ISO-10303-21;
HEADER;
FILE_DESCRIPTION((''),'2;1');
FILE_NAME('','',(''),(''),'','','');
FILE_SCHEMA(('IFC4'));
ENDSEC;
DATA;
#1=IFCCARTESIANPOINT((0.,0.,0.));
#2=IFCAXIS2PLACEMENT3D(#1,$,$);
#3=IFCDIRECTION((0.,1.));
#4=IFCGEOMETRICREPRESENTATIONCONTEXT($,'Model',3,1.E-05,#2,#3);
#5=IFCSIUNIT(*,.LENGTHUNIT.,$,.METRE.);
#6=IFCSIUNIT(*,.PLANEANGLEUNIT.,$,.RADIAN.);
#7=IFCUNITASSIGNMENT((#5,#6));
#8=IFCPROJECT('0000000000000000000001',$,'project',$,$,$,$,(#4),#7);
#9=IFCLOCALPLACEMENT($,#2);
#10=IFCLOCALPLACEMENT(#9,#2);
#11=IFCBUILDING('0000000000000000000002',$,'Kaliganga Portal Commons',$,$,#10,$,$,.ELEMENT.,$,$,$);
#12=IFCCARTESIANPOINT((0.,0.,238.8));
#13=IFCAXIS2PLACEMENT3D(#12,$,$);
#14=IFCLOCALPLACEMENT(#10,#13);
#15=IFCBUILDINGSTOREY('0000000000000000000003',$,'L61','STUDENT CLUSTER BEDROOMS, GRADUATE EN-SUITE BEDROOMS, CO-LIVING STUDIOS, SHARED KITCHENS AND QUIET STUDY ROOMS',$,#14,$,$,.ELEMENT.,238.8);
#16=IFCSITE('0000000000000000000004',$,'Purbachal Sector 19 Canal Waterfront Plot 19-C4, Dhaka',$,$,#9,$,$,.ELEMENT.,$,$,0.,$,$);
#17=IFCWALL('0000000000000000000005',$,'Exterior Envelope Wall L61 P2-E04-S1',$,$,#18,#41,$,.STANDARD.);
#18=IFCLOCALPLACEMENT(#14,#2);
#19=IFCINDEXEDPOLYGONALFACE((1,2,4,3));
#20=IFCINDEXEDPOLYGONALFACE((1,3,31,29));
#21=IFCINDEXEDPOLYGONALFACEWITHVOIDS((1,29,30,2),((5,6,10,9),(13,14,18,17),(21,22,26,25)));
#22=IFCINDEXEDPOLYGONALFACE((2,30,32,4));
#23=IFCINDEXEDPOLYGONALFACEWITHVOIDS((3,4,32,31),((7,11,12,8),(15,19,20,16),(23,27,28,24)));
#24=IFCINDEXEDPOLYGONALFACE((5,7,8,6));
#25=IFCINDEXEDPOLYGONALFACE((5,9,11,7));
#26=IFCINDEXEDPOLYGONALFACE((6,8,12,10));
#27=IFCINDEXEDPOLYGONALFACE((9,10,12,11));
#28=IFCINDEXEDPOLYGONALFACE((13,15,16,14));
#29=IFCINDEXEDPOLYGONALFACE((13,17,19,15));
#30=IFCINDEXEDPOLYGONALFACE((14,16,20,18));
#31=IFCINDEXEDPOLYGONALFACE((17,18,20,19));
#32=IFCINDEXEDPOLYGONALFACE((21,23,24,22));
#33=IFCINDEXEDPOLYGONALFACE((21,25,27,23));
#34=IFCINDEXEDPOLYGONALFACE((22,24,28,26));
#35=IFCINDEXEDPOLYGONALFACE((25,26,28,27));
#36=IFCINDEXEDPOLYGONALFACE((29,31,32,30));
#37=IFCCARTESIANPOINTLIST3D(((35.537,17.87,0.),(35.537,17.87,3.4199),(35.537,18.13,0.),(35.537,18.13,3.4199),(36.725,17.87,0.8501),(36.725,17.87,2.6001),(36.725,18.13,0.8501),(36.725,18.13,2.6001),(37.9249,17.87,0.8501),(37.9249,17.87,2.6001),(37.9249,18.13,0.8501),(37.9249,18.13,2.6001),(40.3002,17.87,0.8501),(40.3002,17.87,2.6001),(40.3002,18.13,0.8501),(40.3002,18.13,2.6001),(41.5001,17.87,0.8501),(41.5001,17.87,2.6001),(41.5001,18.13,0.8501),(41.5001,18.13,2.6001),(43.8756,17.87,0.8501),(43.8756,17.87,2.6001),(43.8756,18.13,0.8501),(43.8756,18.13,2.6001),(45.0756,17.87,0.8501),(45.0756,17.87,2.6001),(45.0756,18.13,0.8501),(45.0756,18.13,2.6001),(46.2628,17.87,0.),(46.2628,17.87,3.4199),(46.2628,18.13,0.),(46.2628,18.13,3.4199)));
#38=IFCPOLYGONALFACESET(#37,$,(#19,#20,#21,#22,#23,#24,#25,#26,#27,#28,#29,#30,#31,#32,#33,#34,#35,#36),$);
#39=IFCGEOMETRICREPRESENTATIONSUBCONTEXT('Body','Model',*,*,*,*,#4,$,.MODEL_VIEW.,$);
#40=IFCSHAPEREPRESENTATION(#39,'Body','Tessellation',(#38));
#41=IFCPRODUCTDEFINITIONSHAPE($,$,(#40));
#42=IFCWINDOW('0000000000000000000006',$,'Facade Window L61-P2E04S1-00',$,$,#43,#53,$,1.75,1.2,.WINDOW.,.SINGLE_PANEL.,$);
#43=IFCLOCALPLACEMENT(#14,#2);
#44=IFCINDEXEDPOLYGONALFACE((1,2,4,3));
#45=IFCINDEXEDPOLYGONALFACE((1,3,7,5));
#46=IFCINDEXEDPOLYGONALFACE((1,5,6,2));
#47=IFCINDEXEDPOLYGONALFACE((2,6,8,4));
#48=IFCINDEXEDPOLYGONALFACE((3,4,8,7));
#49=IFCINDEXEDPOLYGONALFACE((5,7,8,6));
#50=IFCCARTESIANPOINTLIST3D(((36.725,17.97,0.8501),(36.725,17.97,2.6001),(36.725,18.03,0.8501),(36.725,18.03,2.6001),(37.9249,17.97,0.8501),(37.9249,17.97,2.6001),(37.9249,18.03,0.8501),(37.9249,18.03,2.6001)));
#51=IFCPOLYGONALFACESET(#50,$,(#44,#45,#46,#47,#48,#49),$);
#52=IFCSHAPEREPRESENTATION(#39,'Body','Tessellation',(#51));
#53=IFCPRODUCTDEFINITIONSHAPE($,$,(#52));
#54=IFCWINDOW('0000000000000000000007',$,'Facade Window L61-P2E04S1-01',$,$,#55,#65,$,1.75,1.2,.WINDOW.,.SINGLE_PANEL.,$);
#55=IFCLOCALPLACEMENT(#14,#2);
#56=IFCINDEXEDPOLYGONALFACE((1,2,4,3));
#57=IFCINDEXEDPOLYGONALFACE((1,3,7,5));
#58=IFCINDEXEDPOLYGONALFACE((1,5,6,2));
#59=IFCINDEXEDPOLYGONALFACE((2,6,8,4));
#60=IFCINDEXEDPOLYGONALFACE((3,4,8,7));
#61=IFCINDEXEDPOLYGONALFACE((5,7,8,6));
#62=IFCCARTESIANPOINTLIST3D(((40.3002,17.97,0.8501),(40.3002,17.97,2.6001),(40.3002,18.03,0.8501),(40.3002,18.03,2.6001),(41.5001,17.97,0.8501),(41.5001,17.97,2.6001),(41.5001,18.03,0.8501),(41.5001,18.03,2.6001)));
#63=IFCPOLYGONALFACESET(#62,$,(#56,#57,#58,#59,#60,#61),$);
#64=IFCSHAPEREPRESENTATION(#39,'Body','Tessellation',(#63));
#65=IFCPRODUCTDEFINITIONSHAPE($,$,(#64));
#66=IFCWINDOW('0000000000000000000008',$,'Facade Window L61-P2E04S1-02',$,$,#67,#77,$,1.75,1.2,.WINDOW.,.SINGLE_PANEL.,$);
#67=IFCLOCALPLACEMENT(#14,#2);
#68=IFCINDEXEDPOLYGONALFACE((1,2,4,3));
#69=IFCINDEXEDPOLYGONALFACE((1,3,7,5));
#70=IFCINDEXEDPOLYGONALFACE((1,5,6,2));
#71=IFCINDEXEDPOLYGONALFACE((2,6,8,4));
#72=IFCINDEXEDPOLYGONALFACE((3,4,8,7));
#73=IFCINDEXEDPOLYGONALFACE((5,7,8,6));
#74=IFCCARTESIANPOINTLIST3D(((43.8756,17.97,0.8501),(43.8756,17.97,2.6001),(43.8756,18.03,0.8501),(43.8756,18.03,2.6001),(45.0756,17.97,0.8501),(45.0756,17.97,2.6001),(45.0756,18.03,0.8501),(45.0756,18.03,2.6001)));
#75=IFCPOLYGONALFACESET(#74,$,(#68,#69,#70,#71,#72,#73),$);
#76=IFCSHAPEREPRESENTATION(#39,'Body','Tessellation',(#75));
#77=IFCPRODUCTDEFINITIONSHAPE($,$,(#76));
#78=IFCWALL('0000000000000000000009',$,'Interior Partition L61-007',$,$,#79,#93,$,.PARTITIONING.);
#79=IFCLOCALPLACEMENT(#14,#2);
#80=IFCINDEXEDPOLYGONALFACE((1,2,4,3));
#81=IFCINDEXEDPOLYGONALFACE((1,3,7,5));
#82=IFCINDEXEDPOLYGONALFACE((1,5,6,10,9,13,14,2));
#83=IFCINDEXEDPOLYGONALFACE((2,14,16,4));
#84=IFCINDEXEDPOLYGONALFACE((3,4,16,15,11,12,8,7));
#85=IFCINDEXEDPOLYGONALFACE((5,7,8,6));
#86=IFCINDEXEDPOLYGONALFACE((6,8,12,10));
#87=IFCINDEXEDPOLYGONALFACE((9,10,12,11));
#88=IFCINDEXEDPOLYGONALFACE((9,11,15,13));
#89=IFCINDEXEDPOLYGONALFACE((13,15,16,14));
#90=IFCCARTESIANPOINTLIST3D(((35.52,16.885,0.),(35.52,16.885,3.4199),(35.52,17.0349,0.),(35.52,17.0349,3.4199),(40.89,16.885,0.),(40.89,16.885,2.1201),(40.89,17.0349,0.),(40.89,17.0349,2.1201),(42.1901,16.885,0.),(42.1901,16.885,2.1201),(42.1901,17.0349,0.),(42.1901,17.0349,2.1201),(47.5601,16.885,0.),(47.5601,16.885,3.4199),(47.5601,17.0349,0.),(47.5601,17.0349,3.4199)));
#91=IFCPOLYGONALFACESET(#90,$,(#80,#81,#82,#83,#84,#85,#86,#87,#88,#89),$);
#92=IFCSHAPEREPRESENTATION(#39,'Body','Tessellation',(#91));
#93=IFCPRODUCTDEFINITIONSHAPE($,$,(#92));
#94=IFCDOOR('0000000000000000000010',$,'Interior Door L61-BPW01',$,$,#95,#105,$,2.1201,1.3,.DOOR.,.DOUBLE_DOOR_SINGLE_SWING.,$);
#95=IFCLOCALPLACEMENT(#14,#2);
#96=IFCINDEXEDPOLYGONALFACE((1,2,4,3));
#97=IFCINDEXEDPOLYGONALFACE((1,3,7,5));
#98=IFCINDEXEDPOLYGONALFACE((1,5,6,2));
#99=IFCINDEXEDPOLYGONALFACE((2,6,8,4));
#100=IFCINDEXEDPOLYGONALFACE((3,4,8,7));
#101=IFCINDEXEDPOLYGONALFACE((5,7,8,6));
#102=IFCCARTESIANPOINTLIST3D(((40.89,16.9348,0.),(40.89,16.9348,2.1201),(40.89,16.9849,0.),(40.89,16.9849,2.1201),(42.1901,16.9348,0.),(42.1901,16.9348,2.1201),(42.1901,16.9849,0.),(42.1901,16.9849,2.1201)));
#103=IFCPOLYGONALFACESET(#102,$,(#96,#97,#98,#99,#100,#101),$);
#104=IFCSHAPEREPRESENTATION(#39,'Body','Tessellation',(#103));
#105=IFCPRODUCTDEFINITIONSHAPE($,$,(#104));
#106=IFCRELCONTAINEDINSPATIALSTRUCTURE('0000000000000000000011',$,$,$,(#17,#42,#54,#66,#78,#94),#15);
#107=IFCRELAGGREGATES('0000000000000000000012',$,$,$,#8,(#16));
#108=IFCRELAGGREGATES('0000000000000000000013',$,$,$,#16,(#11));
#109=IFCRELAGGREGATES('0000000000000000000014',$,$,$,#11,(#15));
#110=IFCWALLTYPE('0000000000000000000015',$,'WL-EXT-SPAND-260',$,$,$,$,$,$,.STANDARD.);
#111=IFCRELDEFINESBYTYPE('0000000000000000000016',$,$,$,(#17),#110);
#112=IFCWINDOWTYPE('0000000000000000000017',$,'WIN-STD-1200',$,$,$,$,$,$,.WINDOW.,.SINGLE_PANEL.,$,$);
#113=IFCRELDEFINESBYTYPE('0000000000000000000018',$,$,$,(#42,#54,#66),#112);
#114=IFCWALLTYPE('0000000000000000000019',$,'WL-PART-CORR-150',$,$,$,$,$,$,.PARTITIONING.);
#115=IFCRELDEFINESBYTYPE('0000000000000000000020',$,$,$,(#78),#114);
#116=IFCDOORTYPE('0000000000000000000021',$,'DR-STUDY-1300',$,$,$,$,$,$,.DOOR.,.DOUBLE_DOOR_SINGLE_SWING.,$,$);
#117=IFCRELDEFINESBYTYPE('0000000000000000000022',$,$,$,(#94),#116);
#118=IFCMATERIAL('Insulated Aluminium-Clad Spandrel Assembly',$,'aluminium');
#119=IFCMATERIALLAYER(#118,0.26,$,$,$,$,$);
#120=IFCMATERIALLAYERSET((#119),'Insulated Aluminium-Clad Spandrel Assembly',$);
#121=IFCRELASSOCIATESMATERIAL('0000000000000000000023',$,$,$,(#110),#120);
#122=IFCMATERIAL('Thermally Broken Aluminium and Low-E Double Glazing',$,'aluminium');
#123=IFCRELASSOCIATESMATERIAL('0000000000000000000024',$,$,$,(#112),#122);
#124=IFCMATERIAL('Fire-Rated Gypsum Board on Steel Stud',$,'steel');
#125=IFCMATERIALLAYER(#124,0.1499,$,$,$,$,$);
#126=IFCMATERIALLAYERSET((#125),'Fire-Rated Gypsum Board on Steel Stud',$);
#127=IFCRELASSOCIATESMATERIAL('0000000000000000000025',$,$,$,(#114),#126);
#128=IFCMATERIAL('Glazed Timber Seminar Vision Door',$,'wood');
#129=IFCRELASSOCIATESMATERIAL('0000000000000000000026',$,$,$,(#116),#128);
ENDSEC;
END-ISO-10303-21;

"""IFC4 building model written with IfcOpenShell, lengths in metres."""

from ifc_helpers import new_model, si_unit, direction, frame, frame_2d, origin, place, context, subcontext, project, spatial, rectangle, extrude, material, layer, layer_set, type_object, element, fill, save


model = new_model("IFC4")

# Units and contexts
model_context = context("Model", 3, precision=1e-05, world=origin(), true_north=direction((0.0, 1.0)))
body_context = subcontext(model_context, "Body", "Model", "MODEL_VIEW")
ifc_project = project(units=[si_unit("LENGTHUNIT", "METRE"), si_unit("PLANEANGLEUNIT", "RADIAN")], contexts=[model_context])

# Site, building, storey
site_placement = place(None, origin())
site = spatial("IfcSite", under=ifc_project, at=site_placement, Name="Purbachal Sector 19 Canal Waterfront Plot 19-C4, Dhaka", CompositionType="ELEMENT", RefElevation=0.0)
building_placement = place(site_placement, origin())
building = spatial("IfcBuilding", under=site, at=building_placement, Name="Kaliganga Portal Commons", CompositionType="ELEMENT")
storey_placement = place(building_placement, frame((0.0, 0.0, 238.8)))
storey = spatial("IfcBuildingStorey", under=building, at=storey_placement, Name="L61", Description="STUDENT CLUSTER BEDROOMS, GRADUATE EN-SUITE BEDROOMS, CO-LIVING STUDIOS, SHARED KITCHENS AND QUIET STUDY ROOMS", CompositionType="ELEMENT", Elevation=238.8)

# Shared definitions
ifc_material_1 = material(Name="Insulated Aluminium-Clad Spandrel Assembly", Category="aluminium")
ifc_layer_1 = layer(ifc_material_1, 0.26)
ifc_layer_set_1 = layer_set([ifc_layer_1], Name="Insulated Aluminium-Clad Spandrel Assembly")
wall_type_1 = type_object("IfcWallType", Name="WL-EXT-SPAND-260", PredefinedType="STANDARD", material=ifc_layer_set_1)
ifc_material_2 = material(Name="Thermally Broken Aluminium and Low-E Double Glazing", Category="aluminium")

# Wall, openings, windows
wall_1_placement = place(storey_placement, frame((35.5371, 18.0, 0.0), z_axis=(0.0, 0.0, 1.0), x_axis=(1.0, 0.0, 0.0)))
wall_1 = element("IfcWall", 1, at=wall_1_placement, inside=storey, type_object=wall_type_1, Name="Exterior Envelope Wall L61 P2-E04-S1", PredefinedType="STANDARD", context=body_context, shape_type="SweptSolid", body=[
    extrude(rectangle(XDim=10.7258, YDim=0.26, at=frame_2d((5.3628, 0.0))), origin(), (0.0, 0.0, 1.0), 3.4199),
])
opening_1_placement = place(wall_1_placement, frame((1.1877, 0.0, 0.8501)))
opening_1 = element("IfcOpeningElement", 2, at=opening_1_placement, cuts=wall_1, PredefinedType="OPENING", context=body_context, shape_type="SweptSolid", body=[
    extrude(rectangle(XDim=1.2, YDim=1.75, at=frame_2d((0.6001, 0.875))), frame((0.0, 0.1401, 0.0), z_axis=(0.0, -1.0, 0.0), x_axis=(1.0, 0.0, 0.0)), (0.0, 0.0, 1.0), 0.28),
])
opening_2_placement = place(wall_1_placement, frame((4.7629, 0.0, 0.8501)))
opening_2 = element("IfcOpeningElement", 3, at=opening_2_placement, cuts=wall_1, PredefinedType="OPENING", context=body_context, shape_type="SweptSolid", body=[
    extrude(rectangle(XDim=1.2, YDim=1.75, at=frame_2d((0.6001, 0.875))), frame((0.0, 0.1401, 0.0), z_axis=(0.0, -1.0, 0.0), x_axis=(1.0, 0.0, 0.0)), (0.0, 0.0, 1.0), 0.28),
])
opening_3_placement = place(wall_1_placement, frame((8.3384, 0.0, 0.8501)))
opening_3 = element("IfcOpeningElement", 4, at=opening_3_placement, cuts=wall_1, PredefinedType="OPENING", context=body_context, shape_type="SweptSolid", body=[
    extrude(rectangle(XDim=1.2, YDim=1.75, at=frame_2d((0.6001, 0.875))), frame((0.0, 0.1401, 0.0), z_axis=(0.0, -1.0, 0.0), x_axis=(1.0, 0.0, 0.0)), (0.0, 0.0, 1.0), 0.28),
])
window_type_1 = type_object("IfcWindowType", Name="WIN-STD-1200", PartitioningType="SINGLE_PANEL", PredefinedType="WINDOW", material=ifc_material_2)
window_1_placement = place(opening_1_placement, origin())
window_1 = element("IfcWindow", 5, at=window_1_placement, inside=storey, type_object=window_type_1, Name="Facade Window L61-P2E04S1-00", OverallHeight=1.75, OverallWidth=1.2, PartitioningType="SINGLE_PANEL", PredefinedType="WINDOW", context=body_context, shape_type="SweptSolid", body=[
    extrude(rectangle(XDim=1.2, YDim=1.75, at=frame_2d((0.6001, 0.875))), frame((0.0, 0.03, 0.0), z_axis=(0.0, -1.0, 0.0), x_axis=(1.0, 0.0, 0.0)), (0.0, 0.0, 1.0), 0.0601),
])
fill(opening_1, window_1)
window_2_placement = place(opening_2_placement, origin())
window_2 = element("IfcWindow", 6, at=window_2_placement, inside=storey, type_object=window_type_1, Name="Facade Window L61-P2E04S1-01", OverallHeight=1.75, OverallWidth=1.2, PartitioningType="SINGLE_PANEL", PredefinedType="WINDOW", context=body_context, shape_type="SweptSolid", body=[
    extrude(rectangle(XDim=1.2, YDim=1.75, at=frame_2d((0.6001, 0.875))), frame((0.0, 0.03, 0.0), z_axis=(0.0, -1.0, 0.0), x_axis=(1.0, 0.0, 0.0)), (0.0, 0.0, 1.0), 0.0601),
])
fill(opening_2, window_2)
window_3_placement = place(opening_3_placement, origin())
window_3 = element("IfcWindow", 7, at=window_3_placement, inside=storey, type_object=window_type_1, Name="Facade Window L61-P2E04S1-02", OverallHeight=1.75, OverallWidth=1.2, PartitioningType="SINGLE_PANEL", PredefinedType="WINDOW", context=body_context, shape_type="SweptSolid", body=[
    extrude(rectangle(XDim=1.2, YDim=1.75, at=frame_2d((0.6001, 0.875))), frame((0.0, 0.03, 0.0), z_axis=(0.0, -1.0, 0.0), x_axis=(1.0, 0.0, 0.0)), (0.0, 0.0, 1.0), 0.0601),
])
fill(opening_3, window_3)

# Wall, opening, door
ifc_material_3 = material(Name="Fire-Rated Gypsum Board on Steel Stud", Category="steel")
ifc_layer_2 = layer(ifc_material_3, 0.1499)
ifc_layer_set_2 = layer_set([ifc_layer_2], Name="Fire-Rated Gypsum Board on Steel Stud")
wall_type_2 = type_object("IfcWallType", Name="WL-PART-CORR-150", PredefinedType="PARTITIONING", material=ifc_layer_set_2)
wall_2_placement = place(storey_placement, frame((35.52, 16.96, 0.0), z_axis=(0.0, 0.0, 1.0), x_axis=(1.0, 0.0, 0.0)))
wall_2 = element("IfcWall", 8, at=wall_2_placement, inside=storey, type_object=wall_type_2, Name="Interior Partition L61-007", PredefinedType="PARTITIONING", context=body_context, shape_type="SweptSolid", body=[
    extrude(rectangle(XDim=12.04, YDim=0.1499, at=frame_2d((6.02, 0.0))), origin(), (0.0, 0.0, 1.0), 3.4199),
])
opening_4_placement = place(wall_2_placement, frame((5.3701, 0.0, 0.0)))
opening_4 = element("IfcOpeningElement", 9, at=opening_4_placement, cuts=wall_2, PredefinedType="OPENING", context=body_context, shape_type="SweptSolid", body=[
    extrude(rectangle(XDim=1.3, YDim=2.1201, at=frame_2d((0.6499, 1.0601))), frame((0.0, 0.085, 0.0), z_axis=(0.0, -1.0, 0.0), x_axis=(1.0, 0.0, 0.0)), (0.0, 0.0, 1.0), 0.1699),
])
ifc_material_4 = material(Name="Glazed Timber Seminar Vision Door", Category="wood")
door_type = type_object("IfcDoorType", Name="DR-STUDY-1300", OperationType="DOUBLE_DOOR_SINGLE_SWING", PredefinedType="DOOR", material=ifc_material_4)
door_placement = place(opening_4_placement, origin())
door = element("IfcDoor", 10, at=door_placement, inside=storey, type_object=door_type, Name="Interior Door L61-BPW01", OperationType="DOUBLE_DOOR_SINGLE_SWING", OverallHeight=2.1201, OverallWidth=1.3, PredefinedType="DOOR", context=body_context, shape_type="SweptSolid", body=[
    extrude(rectangle(XDim=1.3, YDim=2.1201, at=frame_2d((0.6499, 1.0601))), frame((0.0, 0.0249, 0.0), z_axis=(0.0, -1.0, 0.0), x_axis=(1.0, 0.0, 0.0)), (0.0, 0.0, 1.0), 0.05),
])
fill(opening_4, door)

save(model, "model.ifc")
